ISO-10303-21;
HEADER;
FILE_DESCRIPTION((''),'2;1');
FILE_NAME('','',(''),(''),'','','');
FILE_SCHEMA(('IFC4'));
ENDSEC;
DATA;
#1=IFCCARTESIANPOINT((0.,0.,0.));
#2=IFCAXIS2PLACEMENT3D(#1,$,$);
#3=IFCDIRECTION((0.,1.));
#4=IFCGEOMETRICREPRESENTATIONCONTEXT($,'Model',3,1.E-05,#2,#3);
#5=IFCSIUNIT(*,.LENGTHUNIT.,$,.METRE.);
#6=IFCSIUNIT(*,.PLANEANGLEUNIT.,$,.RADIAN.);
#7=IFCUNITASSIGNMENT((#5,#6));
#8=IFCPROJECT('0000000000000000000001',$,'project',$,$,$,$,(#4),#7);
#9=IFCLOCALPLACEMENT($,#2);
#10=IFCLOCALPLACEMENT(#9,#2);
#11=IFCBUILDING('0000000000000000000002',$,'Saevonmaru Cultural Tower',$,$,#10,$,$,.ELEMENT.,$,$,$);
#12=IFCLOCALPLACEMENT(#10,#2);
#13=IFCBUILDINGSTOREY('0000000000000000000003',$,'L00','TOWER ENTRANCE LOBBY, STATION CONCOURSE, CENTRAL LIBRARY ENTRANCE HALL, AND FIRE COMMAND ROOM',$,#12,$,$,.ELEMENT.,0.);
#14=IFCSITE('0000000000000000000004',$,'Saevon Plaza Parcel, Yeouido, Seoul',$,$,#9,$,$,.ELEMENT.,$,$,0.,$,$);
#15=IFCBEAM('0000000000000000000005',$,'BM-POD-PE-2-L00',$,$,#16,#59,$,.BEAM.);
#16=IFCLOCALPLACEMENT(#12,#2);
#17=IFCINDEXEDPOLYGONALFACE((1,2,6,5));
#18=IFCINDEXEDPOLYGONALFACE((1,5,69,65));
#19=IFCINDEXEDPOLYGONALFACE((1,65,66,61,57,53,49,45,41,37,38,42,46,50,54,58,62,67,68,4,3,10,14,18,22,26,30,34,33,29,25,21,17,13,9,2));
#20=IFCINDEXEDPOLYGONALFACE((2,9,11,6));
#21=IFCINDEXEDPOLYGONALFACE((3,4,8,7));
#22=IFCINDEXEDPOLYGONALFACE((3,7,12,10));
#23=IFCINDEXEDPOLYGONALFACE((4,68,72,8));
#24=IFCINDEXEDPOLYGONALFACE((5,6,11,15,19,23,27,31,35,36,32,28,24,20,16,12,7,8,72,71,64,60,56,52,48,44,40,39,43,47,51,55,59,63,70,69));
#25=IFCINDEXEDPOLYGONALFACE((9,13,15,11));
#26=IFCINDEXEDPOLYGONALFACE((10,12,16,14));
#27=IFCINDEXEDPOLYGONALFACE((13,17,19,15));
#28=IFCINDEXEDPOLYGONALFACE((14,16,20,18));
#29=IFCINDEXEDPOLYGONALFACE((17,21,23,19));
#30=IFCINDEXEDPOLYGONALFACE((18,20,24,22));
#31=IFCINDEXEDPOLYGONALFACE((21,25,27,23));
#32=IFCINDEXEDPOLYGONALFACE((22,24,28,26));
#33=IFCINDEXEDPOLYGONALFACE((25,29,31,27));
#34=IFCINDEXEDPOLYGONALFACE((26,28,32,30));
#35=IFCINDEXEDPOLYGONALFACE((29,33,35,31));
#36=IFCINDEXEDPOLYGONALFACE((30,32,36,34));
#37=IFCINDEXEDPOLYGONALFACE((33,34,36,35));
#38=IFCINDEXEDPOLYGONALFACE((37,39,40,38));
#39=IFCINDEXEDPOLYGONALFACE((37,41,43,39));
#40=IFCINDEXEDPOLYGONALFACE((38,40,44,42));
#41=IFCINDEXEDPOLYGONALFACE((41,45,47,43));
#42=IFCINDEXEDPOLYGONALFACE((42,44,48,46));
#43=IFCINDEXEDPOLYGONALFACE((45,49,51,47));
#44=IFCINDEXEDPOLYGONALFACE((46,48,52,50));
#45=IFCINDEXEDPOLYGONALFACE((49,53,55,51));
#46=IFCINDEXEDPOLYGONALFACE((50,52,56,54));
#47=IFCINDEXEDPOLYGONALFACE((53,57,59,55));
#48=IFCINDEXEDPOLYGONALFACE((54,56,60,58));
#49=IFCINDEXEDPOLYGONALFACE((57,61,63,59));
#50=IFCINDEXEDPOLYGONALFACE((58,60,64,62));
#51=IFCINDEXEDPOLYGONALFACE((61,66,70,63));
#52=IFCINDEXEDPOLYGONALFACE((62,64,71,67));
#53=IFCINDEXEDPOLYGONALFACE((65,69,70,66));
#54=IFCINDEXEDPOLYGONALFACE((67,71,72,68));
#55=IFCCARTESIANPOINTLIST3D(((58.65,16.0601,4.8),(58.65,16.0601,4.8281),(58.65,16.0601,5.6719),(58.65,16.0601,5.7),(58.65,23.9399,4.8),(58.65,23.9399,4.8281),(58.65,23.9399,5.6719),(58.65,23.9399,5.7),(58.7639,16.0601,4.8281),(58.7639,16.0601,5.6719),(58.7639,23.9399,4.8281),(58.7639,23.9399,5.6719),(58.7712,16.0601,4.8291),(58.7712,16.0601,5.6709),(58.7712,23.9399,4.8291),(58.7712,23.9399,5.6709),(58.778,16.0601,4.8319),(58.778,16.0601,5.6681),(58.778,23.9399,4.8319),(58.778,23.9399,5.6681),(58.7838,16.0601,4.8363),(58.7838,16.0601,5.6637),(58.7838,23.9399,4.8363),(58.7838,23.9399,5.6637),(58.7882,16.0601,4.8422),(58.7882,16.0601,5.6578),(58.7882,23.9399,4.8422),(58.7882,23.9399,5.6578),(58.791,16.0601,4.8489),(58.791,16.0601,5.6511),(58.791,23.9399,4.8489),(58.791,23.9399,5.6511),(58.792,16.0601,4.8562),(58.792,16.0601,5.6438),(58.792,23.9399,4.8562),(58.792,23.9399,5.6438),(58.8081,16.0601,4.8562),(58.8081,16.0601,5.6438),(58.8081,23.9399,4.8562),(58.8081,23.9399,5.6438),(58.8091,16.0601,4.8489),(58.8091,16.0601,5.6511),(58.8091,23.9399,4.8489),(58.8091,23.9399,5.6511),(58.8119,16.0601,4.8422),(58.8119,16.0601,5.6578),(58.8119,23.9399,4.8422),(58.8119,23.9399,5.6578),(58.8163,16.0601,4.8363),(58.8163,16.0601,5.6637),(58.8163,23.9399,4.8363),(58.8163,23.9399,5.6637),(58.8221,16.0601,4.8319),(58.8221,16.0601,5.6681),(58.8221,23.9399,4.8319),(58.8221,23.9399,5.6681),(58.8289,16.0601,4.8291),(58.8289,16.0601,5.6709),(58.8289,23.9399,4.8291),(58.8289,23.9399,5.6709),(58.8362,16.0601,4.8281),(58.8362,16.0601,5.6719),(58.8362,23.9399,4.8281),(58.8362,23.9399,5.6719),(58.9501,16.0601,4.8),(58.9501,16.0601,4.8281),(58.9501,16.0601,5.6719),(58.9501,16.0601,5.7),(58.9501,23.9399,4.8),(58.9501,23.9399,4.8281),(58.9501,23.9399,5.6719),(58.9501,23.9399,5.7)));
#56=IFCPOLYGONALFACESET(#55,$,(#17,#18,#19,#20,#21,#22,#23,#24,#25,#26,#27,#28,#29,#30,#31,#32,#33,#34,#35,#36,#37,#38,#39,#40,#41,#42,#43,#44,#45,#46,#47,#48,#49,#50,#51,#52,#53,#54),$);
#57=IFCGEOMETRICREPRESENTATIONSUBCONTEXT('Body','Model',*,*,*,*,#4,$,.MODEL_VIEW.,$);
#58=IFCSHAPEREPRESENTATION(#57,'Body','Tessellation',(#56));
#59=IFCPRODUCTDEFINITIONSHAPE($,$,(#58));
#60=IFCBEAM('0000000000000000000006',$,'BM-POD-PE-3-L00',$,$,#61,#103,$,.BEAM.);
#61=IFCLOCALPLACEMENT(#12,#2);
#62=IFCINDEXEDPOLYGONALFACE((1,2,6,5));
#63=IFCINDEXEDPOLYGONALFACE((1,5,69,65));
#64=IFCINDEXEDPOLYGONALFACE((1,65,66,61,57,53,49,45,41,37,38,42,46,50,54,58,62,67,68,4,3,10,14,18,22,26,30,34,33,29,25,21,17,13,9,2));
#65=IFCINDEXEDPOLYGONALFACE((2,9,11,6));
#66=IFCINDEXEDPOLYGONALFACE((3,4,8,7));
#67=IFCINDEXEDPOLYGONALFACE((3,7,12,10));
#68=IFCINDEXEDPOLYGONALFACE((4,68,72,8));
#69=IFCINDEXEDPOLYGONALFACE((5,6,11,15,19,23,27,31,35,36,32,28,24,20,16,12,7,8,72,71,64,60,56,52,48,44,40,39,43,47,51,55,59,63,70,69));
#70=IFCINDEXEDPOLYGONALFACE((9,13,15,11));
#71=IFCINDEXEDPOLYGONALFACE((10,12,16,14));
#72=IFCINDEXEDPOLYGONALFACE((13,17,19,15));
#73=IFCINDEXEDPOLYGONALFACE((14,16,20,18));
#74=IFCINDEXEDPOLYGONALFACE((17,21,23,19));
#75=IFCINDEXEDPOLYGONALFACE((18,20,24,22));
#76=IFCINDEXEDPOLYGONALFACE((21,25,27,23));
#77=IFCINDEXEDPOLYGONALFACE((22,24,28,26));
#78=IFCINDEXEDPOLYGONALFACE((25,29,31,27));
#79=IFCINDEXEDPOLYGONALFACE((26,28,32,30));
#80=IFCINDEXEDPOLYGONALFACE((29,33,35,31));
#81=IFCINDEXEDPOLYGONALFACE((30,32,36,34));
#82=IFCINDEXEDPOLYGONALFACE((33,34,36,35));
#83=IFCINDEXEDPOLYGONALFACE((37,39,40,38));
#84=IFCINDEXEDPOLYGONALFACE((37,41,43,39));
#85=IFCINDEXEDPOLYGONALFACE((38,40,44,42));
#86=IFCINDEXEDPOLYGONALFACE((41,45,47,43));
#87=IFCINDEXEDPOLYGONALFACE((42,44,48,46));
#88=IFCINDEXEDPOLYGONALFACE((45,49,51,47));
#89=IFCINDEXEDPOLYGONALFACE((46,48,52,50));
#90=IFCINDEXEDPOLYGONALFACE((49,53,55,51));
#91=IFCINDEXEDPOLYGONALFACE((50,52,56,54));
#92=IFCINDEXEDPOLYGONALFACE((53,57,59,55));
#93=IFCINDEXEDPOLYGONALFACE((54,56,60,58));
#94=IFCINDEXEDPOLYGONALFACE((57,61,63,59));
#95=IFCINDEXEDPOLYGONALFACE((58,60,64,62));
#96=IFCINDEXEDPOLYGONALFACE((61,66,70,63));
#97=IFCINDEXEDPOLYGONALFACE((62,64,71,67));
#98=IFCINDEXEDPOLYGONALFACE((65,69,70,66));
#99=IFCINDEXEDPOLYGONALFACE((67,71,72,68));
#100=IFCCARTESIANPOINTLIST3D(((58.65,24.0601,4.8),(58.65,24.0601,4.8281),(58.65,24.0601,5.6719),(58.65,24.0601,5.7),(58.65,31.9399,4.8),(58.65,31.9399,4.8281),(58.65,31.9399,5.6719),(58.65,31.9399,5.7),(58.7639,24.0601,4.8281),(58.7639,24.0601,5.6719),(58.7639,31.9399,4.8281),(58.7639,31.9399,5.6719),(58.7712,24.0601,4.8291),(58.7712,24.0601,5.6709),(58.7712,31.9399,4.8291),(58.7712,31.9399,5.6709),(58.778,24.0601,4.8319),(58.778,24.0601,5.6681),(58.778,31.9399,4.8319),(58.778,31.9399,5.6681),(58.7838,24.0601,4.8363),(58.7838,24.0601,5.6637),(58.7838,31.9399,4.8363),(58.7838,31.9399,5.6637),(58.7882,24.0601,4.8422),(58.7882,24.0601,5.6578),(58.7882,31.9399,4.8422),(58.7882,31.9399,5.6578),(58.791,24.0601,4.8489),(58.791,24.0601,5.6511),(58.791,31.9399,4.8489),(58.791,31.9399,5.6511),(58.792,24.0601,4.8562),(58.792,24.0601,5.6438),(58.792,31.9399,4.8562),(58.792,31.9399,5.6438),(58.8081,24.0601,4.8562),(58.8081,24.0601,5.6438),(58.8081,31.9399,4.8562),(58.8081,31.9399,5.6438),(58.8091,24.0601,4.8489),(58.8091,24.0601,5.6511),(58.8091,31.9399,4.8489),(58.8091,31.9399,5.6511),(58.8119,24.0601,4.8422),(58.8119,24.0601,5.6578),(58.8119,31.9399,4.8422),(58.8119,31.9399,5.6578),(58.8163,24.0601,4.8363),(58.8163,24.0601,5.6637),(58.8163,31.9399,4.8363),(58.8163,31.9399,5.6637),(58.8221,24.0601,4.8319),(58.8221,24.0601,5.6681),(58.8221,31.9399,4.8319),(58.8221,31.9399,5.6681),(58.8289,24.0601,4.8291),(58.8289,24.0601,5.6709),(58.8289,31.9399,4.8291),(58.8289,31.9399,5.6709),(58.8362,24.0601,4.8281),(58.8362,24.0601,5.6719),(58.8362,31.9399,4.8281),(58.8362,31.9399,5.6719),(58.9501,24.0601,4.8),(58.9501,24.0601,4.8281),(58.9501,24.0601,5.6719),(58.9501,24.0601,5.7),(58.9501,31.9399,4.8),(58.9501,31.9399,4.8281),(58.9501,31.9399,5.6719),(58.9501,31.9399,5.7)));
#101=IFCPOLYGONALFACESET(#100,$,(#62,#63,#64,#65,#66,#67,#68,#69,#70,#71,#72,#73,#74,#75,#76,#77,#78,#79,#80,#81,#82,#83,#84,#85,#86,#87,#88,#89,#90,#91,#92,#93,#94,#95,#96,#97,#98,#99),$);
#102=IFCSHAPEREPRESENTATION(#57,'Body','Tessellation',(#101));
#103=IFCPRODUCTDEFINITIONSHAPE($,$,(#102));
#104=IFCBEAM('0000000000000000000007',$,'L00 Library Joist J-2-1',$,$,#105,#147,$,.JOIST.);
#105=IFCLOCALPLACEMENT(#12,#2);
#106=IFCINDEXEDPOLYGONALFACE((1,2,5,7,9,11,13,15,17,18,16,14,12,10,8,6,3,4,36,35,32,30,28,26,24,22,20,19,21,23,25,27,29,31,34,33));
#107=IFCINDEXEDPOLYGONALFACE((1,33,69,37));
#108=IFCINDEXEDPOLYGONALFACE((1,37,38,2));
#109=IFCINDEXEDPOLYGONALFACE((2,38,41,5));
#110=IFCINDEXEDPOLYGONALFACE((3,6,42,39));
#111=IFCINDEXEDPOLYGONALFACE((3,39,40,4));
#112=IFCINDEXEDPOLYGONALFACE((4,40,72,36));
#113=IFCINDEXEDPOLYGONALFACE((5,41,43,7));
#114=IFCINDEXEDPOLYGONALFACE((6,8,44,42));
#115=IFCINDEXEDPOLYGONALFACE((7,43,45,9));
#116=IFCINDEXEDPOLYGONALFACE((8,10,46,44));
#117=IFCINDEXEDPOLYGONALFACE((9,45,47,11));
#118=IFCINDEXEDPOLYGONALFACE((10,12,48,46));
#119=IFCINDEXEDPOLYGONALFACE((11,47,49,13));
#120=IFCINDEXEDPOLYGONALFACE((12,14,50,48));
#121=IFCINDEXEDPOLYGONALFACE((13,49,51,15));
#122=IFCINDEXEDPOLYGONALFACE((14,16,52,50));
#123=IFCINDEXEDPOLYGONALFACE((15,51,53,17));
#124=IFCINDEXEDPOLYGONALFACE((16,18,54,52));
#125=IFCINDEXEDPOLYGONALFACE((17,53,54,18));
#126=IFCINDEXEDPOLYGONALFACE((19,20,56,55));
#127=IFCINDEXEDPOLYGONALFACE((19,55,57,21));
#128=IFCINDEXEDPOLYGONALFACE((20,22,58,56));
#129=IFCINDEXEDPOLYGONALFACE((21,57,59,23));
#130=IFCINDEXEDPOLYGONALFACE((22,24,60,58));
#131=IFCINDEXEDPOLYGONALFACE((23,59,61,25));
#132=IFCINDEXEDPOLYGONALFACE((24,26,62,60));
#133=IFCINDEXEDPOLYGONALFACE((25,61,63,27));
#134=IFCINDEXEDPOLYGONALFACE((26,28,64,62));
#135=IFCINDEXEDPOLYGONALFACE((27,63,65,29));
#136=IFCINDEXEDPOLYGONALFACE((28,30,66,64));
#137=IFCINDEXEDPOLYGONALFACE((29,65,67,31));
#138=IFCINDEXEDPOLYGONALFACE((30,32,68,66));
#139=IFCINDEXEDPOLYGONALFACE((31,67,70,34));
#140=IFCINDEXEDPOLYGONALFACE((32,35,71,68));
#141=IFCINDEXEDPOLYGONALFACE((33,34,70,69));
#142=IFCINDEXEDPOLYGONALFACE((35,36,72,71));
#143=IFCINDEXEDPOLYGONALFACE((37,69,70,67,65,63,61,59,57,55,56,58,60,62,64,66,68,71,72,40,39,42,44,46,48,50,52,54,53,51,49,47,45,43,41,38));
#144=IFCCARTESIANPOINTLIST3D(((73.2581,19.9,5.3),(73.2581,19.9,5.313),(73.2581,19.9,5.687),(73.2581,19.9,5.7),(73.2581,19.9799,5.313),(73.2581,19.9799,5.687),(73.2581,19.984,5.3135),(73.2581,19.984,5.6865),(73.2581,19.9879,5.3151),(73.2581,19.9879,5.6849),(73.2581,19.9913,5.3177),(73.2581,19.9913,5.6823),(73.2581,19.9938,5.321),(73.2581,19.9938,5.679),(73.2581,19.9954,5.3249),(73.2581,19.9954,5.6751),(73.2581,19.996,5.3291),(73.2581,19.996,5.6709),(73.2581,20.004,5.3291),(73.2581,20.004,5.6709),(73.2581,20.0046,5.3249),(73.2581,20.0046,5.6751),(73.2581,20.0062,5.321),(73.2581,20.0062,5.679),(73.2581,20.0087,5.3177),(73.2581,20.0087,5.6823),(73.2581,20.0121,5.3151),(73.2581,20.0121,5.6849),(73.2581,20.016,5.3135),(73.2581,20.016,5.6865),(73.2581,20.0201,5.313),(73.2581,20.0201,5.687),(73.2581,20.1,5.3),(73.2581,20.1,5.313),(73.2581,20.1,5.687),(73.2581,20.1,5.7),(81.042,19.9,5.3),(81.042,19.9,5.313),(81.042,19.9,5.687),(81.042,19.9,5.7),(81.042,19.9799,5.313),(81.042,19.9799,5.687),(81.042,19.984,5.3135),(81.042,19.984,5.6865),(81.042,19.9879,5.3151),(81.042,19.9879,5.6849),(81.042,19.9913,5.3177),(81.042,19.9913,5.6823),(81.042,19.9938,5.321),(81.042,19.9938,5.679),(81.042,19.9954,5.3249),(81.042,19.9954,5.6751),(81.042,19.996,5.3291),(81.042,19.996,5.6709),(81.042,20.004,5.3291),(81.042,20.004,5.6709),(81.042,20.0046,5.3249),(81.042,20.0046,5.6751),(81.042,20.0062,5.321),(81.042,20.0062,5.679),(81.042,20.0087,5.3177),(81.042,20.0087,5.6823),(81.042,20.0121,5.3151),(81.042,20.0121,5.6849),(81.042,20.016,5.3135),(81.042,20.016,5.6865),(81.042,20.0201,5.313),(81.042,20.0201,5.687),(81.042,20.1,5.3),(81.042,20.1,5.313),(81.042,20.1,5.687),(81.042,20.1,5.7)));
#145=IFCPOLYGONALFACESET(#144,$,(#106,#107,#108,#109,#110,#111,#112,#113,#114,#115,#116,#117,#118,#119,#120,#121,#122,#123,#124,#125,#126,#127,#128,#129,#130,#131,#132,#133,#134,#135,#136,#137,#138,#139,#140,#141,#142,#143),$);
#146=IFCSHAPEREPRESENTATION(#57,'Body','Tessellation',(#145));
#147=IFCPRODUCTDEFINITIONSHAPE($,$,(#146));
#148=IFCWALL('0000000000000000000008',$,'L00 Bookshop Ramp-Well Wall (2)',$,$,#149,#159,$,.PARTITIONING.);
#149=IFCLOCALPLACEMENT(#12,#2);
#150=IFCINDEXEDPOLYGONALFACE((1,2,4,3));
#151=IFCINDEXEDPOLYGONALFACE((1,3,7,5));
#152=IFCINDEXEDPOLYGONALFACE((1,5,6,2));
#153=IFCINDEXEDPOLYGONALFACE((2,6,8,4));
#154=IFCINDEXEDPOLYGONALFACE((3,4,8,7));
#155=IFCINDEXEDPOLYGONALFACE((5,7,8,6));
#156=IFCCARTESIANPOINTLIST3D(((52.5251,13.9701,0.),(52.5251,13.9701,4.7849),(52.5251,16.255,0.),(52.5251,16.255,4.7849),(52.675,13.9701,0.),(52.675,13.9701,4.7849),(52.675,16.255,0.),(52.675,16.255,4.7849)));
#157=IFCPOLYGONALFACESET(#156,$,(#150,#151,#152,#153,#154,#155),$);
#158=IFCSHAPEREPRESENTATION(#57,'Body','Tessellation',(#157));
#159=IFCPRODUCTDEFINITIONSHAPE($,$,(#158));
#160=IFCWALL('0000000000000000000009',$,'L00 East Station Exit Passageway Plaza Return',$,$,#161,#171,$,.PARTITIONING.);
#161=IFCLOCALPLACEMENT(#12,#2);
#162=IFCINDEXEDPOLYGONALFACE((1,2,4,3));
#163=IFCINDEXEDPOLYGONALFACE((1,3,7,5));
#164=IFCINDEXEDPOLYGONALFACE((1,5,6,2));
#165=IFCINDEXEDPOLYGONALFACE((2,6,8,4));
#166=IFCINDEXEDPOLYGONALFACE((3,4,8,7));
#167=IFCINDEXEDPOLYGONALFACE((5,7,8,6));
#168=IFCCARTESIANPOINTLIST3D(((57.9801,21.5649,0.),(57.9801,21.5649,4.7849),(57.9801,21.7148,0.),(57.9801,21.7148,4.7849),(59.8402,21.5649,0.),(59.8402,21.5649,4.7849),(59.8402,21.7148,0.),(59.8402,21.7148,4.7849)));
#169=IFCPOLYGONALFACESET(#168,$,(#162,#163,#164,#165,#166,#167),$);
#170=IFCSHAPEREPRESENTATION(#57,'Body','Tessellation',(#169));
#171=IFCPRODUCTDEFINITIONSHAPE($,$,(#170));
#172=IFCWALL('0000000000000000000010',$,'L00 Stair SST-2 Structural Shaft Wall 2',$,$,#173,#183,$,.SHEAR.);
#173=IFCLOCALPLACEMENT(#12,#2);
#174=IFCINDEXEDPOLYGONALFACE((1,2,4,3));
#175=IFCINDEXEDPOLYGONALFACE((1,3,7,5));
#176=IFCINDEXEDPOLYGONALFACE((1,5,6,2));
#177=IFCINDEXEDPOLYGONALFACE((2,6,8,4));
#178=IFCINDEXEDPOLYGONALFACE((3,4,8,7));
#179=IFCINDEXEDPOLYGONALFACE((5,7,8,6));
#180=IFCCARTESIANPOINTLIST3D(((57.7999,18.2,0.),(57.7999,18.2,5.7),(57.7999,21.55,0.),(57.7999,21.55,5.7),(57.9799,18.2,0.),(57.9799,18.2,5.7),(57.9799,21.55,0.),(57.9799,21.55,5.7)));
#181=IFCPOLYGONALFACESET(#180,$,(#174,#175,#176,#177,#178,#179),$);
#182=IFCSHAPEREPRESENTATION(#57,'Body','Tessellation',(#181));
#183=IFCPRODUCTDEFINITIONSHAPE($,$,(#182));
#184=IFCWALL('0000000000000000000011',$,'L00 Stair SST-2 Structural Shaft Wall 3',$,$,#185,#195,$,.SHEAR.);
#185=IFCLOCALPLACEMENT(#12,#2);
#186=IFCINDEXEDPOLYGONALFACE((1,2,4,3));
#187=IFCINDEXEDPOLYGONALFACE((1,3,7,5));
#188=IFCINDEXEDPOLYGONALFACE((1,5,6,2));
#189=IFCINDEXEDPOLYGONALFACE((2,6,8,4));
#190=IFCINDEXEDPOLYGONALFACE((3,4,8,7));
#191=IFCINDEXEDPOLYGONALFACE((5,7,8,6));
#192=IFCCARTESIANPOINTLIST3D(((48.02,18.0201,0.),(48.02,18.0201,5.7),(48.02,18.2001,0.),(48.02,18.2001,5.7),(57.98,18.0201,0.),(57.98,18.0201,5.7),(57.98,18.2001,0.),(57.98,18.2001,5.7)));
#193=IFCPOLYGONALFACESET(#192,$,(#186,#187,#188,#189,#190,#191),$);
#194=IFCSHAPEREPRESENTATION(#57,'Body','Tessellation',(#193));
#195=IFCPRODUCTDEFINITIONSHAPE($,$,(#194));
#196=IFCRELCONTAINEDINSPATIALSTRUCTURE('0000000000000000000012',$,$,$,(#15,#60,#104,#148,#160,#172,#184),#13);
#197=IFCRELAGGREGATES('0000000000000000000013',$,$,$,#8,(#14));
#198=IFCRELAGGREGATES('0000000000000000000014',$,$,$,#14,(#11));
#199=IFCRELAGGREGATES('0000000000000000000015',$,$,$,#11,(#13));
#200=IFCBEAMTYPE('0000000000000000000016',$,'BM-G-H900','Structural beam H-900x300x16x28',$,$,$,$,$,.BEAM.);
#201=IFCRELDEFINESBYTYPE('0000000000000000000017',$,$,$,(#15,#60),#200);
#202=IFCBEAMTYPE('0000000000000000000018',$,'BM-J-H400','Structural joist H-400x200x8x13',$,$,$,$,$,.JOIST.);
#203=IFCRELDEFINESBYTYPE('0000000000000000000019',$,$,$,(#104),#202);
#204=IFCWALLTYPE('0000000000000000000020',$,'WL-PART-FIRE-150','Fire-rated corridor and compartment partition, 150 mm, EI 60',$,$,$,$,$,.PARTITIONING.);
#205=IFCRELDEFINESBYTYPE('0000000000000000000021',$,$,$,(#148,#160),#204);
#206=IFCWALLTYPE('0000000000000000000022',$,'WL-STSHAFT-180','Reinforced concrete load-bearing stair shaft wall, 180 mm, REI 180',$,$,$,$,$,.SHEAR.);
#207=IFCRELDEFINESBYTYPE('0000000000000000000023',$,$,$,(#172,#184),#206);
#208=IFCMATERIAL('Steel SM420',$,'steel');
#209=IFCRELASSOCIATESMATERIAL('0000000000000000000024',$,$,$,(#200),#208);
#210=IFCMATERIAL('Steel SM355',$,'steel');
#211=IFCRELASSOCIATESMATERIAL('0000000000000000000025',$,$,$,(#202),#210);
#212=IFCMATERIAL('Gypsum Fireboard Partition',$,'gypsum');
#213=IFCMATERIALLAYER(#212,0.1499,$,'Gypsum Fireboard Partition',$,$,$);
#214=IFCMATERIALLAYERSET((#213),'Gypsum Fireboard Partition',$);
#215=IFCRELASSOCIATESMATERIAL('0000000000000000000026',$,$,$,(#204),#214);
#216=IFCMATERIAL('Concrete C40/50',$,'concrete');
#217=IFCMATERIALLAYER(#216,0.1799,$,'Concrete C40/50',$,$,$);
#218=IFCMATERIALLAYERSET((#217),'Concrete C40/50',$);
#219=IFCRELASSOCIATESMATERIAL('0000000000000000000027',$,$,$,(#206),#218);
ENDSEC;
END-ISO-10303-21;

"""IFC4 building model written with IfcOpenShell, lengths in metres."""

from ifc_helpers import new_model, si_unit, direction, frame, frame_2d, origin, origin_2d, place, context, subcontext, project, spatial, rectangle, i_section, extrude, material, layer, layer_set, material_profile, profile_set, type_object, element, save


model = new_model("IFC4")

# Units and contexts
model_context = context("Model", 3, precision=1e-05, world=origin(), true_north=direction((0.0, 1.0)))
body_context = subcontext(model_context, "Body", "Model", "MODEL_VIEW")
ifc_project = project(units=[si_unit("LENGTHUNIT", "METRE"), si_unit("PLANEANGLEUNIT", "RADIAN")], contexts=[model_context])

# Site, building, storey
site_placement = place(None, origin())
site = spatial("IfcSite", under=ifc_project, at=site_placement, Name="Saevon Plaza Parcel, Yeouido, Seoul", CompositionType="ELEMENT", RefElevation=0.0)
building_placement = place(site_placement, origin())
building = spatial("IfcBuilding", under=site, at=building_placement, Name="Saevonmaru Cultural Tower", CompositionType="ELEMENT")
storey_placement = place(building_placement, origin())
storey = spatial("IfcBuildingStorey", under=building, at=storey_placement, Name="L00", Description="TOWER ENTRANCE LOBBY, STATION CONCOURSE, CENTRAL LIBRARY ENTRANCE HALL, AND FIRE COMMAND ROOM", CompositionType="ELEMENT", Elevation=0.0)

# Shared definitions
ifc_material_1 = material(Name="Steel SM355", Category="steel")
ifc_material_2 = material(Name="Steel SM420", Category="steel")

# Beams
ifc_material_profile_1 = material_profile(ifc_material_2, i_section(OverallWidth=0.3, OverallDepth=0.8999, WebThickness=0.0161, FlangeThickness=0.0281, FilletRadius=0.0281, at=origin_2d()), Name="H-900x300x16x28")
ifc_profile_set_1 = profile_set([ifc_material_profile_1], Name="Steel SM420")
beam_type_1 = type_object("IfcBeamType", Name="BM-G-H900", Description="Structural beam H-900x300x16x28", PredefinedType="BEAM", material=ifc_profile_set_1)
for number, where, z_axis, x_axis, name in (
    (1, (58.8, 16.0601, 5.25), (0.0, 1.0, 0.0), (-1.0, 0.0, 0.0), "BM-POD-PE-2-L00"),
    (2, (58.8, 24.0601, 5.25), (0.0, 1.0, 0.0), (-1.0, 0.0, 0.0), "BM-POD-PE-3-L00"),
):
    element("IfcBeam", number, at=place(storey_placement, frame(where, z_axis=z_axis, x_axis=x_axis)), inside=storey, type_object=beam_type_1, Name=name, PredefinedType="BEAM", context=body_context, shape_type="SweptSolid", body=[
        extrude(i_section(OverallWidth=0.3, OverallDepth=0.8999, WebThickness=0.0161, FlangeThickness=0.0281, FilletRadius=0.0281, at=origin_2d()), origin(), (0.0, 0.0, 1.0), 7.8799),
    ])
ifc_material_profile_2 = material_profile(ifc_material_1, i_section(OverallWidth=0.2, OverallDepth=0.3999, WebThickness=0.0081, FlangeThickness=0.0129, FilletRadius=0.0161, at=origin_2d()), Name="H-400x200x8x13")
ifc_profile_set_2 = profile_set([ifc_material_profile_2], Name="Steel SM355")
beam_type_2 = type_object("IfcBeamType", Name="BM-J-H400", Description="Structural joist H-400x200x8x13", PredefinedType="JOIST", material=ifc_profile_set_2)
beam_placement = place(storey_placement, frame((73.2581, 20.0, 5.5), z_axis=(1.0, 0.0, 0.0), x_axis=(0.0, 1.0, 0.0)))
element("IfcBeam", 3, at=beam_placement, inside=storey, type_object=beam_type_2, Name="L00 Library Joist J-2-1", PredefinedType="JOIST", context=body_context, shape_type="SweptSolid", body=[
    extrude(i_section(OverallWidth=0.2, OverallDepth=0.3999, WebThickness=0.0081, FlangeThickness=0.0129, FilletRadius=0.0161, at=origin_2d()), origin(), (0.0, 0.0, 1.0), 7.7839),
])

# Walls
ifc_material_3 = material(Name="Gypsum Fireboard Partition", Category="gypsum")
ifc_layer_1 = layer(ifc_material_3, 0.1499, Name="Gypsum Fireboard Partition")
ifc_layer_set_1 = layer_set([ifc_layer_1], Name="Gypsum Fireboard Partition")
wall_type_1 = type_object("IfcWallType", Name="WL-PART-FIRE-150", Description="Fire-rated corridor and compartment partition, 150 mm, EI 60", PredefinedType="PARTITIONING", material=ifc_layer_set_1)
wall_1_placement = place(storey_placement, frame((52.6001, 13.97, 0.0), z_axis=(0.0, 0.0, 1.0), x_axis=(0.0, 1.0, 0.0)))
element("IfcWall", 4, at=wall_1_placement, inside=storey, type_object=wall_type_1, Name="L00 Bookshop Ramp-Well Wall (2)", PredefinedType="PARTITIONING", context=body_context, shape_type="SweptSolid", body=[
    extrude(rectangle(XDim=2.2849, YDim=0.1499, at=frame_2d((1.1426, 0.0))), origin(), (0.0, 0.0, 1.0), 4.7849),
])
wall_2_placement = place(storey_placement, frame((57.98, 21.6399, 0.0), z_axis=(0.0, 0.0, 1.0), x_axis=(1.0, 0.0, 0.0)))
element("IfcWall", 5, at=wall_2_placement, inside=storey, type_object=wall_type_1, Name="L00 East Station Exit Passageway Plaza Return", PredefinedType="PARTITIONING", context=body_context, shape_type="SweptSolid", body=[
    extrude(rectangle(XDim=1.8601, YDim=0.1499, at=frame_2d((0.9302, 0.0))), origin(), (0.0, 0.0, 1.0), 4.7849),
])
ifc_material_4 = material(Name="Concrete C40/50", Category="concrete")
ifc_layer_2 = layer(ifc_material_4, 0.1799, Name="Concrete C40/50")
ifc_layer_set_2 = layer_set([ifc_layer_2], Name="Concrete C40/50")
wall_type_2 = type_object("IfcWallType", Name="WL-STSHAFT-180", Description="Reinforced concrete load-bearing stair shaft wall, 180 mm, REI 180", PredefinedType="SHEAR", material=ifc_layer_set_2)
wall_3_placement = place(storey_placement, frame((57.8899, 21.55, 0.0), z_axis=(0.0, 0.0, 1.0), x_axis=(0.0, -1.0, 0.0)))
element("IfcWall", 6, at=wall_3_placement, inside=storey, type_object=wall_type_2, Name="L00 Stair SST-2 Structural Shaft Wall 2", PredefinedType="SHEAR", context=body_context, shape_type="SweptSolid", body=[
    extrude(rectangle(XDim=3.3501, YDim=0.1799, at=frame_2d((1.675, 0.0))), origin(), (0.0, 0.0, 1.0), 5.7),
])
wall_4_placement = place(storey_placement, frame((57.98, 18.1101, 0.0), z_axis=(0.0, 0.0, 1.0), x_axis=(-1.0, 0.0, 0.0)))
element("IfcWall", 7, at=wall_4_placement, inside=storey, type_object=wall_type_2, Name="L00 Stair SST-2 Structural Shaft Wall 3", PredefinedType="SHEAR", context=body_context, shape_type="SweptSolid", body=[
    extrude(rectangle(XDim=9.96, YDim=0.1799, at=frame_2d((4.98, 0.0))), origin(), (0.0, 0.0, 1.0), 5.7),
])

save(model, "model.ifc")
